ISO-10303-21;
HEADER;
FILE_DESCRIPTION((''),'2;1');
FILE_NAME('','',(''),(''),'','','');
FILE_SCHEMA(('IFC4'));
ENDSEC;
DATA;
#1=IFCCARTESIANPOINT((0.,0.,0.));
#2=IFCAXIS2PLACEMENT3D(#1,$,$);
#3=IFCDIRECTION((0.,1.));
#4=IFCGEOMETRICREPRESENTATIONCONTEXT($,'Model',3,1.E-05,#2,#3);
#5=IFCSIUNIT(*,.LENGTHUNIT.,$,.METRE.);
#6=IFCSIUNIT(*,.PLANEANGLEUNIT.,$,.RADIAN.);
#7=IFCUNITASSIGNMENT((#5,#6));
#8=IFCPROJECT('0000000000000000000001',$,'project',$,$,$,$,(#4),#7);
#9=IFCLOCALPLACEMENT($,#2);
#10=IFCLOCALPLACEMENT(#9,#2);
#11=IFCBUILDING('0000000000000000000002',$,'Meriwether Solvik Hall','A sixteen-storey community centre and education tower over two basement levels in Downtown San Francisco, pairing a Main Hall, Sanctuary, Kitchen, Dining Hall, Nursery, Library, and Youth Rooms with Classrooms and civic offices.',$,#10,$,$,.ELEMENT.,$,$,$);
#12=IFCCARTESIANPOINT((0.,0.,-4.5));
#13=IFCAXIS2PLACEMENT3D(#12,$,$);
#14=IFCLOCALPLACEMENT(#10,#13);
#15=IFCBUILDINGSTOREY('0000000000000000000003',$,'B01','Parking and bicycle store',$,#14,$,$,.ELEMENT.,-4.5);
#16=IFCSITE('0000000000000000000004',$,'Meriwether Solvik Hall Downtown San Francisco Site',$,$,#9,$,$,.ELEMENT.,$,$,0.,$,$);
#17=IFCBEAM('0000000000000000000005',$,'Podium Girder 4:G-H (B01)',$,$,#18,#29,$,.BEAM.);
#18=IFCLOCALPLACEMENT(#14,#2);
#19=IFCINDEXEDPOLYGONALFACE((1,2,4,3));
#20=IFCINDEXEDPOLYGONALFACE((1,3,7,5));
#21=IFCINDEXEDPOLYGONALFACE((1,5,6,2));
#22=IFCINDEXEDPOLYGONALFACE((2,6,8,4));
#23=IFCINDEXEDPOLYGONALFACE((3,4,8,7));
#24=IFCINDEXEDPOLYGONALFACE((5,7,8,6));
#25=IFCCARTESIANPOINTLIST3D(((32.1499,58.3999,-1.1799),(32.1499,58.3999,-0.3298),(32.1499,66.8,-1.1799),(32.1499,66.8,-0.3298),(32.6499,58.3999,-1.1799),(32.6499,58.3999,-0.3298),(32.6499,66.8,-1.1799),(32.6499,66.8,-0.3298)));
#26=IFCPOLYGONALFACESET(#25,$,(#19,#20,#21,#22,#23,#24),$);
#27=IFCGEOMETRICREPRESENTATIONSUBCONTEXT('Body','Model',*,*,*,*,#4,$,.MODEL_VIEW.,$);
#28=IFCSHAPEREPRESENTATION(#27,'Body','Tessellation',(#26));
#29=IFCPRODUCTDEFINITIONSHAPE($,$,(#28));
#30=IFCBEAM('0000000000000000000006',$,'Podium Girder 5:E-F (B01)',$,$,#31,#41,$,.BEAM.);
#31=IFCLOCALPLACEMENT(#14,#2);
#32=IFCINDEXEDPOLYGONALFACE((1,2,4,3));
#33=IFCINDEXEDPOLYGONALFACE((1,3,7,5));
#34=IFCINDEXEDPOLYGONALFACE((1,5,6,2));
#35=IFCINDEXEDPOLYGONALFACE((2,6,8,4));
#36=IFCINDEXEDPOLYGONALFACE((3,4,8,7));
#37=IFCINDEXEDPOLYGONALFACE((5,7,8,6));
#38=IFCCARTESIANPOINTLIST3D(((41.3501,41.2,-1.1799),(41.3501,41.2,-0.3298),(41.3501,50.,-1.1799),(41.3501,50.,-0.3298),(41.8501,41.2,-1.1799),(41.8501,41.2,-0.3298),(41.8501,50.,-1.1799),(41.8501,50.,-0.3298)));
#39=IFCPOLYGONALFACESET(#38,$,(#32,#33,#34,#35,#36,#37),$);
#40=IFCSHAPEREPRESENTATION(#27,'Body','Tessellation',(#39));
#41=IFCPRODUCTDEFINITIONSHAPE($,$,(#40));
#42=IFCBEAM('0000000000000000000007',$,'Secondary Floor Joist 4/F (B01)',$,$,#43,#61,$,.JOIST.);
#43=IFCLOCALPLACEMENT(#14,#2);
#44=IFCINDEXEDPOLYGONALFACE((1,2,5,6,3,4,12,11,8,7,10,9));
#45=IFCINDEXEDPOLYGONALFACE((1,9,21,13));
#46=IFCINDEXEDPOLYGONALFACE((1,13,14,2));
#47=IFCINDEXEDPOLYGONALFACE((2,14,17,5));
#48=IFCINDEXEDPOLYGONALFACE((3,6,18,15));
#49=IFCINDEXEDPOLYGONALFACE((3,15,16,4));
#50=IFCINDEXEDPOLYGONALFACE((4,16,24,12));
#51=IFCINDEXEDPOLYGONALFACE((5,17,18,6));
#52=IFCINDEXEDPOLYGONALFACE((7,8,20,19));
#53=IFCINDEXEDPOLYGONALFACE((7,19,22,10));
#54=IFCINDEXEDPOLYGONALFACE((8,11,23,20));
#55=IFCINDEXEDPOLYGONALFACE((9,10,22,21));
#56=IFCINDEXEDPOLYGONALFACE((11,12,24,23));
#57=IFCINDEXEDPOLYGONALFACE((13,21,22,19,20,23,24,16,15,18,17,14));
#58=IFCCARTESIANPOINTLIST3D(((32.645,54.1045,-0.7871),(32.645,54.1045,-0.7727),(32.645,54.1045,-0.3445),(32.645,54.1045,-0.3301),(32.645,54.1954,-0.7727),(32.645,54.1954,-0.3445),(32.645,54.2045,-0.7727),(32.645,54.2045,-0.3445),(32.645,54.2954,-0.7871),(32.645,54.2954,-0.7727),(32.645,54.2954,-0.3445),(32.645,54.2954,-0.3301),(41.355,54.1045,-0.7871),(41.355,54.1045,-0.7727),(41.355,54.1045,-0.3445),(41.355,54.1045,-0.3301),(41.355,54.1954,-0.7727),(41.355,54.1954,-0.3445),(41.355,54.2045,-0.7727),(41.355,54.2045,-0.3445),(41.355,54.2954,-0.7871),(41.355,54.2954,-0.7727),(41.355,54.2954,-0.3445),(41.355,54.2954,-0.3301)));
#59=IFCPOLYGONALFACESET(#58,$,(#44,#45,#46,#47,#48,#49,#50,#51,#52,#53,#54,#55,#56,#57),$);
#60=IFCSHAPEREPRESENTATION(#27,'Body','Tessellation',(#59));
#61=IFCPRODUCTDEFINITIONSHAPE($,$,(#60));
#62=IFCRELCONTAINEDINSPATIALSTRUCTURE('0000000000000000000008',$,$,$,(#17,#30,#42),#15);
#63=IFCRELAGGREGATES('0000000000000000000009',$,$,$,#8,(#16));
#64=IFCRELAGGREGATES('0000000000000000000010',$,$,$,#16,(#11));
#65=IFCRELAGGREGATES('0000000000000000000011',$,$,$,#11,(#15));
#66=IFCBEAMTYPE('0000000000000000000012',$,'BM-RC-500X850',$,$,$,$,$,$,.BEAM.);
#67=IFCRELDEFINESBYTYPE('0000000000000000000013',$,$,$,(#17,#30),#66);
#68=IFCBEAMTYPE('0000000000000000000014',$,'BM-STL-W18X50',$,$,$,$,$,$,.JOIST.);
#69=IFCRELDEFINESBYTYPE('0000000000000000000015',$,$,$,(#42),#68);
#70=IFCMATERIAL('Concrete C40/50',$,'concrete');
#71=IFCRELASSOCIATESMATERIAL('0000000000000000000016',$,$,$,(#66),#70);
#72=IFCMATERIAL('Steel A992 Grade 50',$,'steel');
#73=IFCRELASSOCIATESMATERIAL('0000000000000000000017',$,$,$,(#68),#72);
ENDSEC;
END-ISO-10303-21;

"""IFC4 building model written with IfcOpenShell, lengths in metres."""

from ifc_helpers import new_model, si_unit, direction, frame, origin, origin_2d, place, context, subcontext, project, spatial, rectangle, i_section, extrude, material, material_profile, profile_set, type_object, element, save


model = new_model("IFC4")

# Units and contexts
model_context = context("Model", 3, precision=1e-05, world=origin(), true_north=direction((0.0, 1.0)))
body_context = subcontext(model_context, "Body", "Model", "MODEL_VIEW")
ifc_project = project(units=[si_unit("LENGTHUNIT", "METRE"), si_unit("PLANEANGLEUNIT", "RADIAN")], contexts=[model_context])

# Site, building, storey
site_placement = place(None, origin())
site = spatial("IfcSite", under=ifc_project, at=site_placement, Name="Meriwether Solvik Hall Downtown San Francisco Site", CompositionType="ELEMENT", RefElevation=0.0)
building_placement = place(site_placement, origin())
building = spatial("IfcBuilding", under=site, at=building_placement, Name="Meriwether Solvik Hall", Description="A sixteen-storey community centre and education tower over two basement levels in Downtown San Francisco, pairing a Main Hall, Sanctuary, Kitchen, Dining Hall, Nursery, Library, and Youth Rooms with Classrooms and civic offices.", CompositionType="ELEMENT")
storey_placement = place(building_placement, frame((0.0, 0.0, -4.5)))
storey = spatial("IfcBuildingStorey", under=building, at=storey_placement, Name="B01", Description="Parking and bicycle store", CompositionType="ELEMENT", Elevation=-4.5)

# Beams
ifc_material_1 = material(Name="Concrete C40/50", Category="concrete")
ifc_material_profile_1 = material_profile(ifc_material_1, rectangle(XDim=0.5, YDim=0.8501, at=origin_2d()), Name="RCB-500X850")
ifc_profile_set_1 = profile_set([ifc_material_profile_1], Name="Concrete C40/50")
beam_type_1 = type_object("IfcBeamType", Name="BM-RC-500X850", PredefinedType="BEAM", material=ifc_profile_set_1)
beam_1_placement = place(storey_placement, frame((32.3999, 58.3999, -0.7549), z_axis=(0.0, 1.0, 0.0), x_axis=(-1.0, 0.0, 0.0)))
element("IfcBeam", 1, at=beam_1_placement, inside=storey, type_object=beam_type_1, Name="Podium Girder 4:G-H (B01)", PredefinedType="BEAM", context=body_context, shape_type="SweptSolid", body=[
    extrude(rectangle(XDim=0.5, YDim=0.8501, at=origin_2d()), origin(), (0.0, 0.0, 1.0), 8.4001),
])
beam_2_placement = place(storey_placement, frame((41.6001, 41.2, -0.7549), z_axis=(0.0, 1.0, 0.0), x_axis=(-1.0, 0.0, 0.0)))
element("IfcBeam", 2, at=beam_2_placement, inside=storey, type_object=beam_type_1, Name="Podium Girder 5:E-F (B01)", PredefinedType="BEAM", context=body_context, shape_type="SweptSolid", body=[
    extrude(rectangle(XDim=0.5, YDim=0.8501, at=origin_2d()), origin(), (0.0, 0.0, 1.0), 8.8),
])
ifc_material_2 = material(Name="Steel A992 Grade 50", Category="steel")
ifc_material_profile_2 = material_profile(ifc_material_2, i_section(OverallWidth=0.1909, OverallDepth=0.457, WebThickness=0.009, FlangeThickness=0.0144, at=origin_2d()), Name="W18X50")
ifc_profile_set_2 = profile_set([ifc_material_profile_2], Name="Steel A992 Grade 50")
beam_type_2 = type_object("IfcBeamType", Name="BM-STL-W18X50", PredefinedType="JOIST", material=ifc_profile_set_2)
beam_3_placement = place(storey_placement, frame((32.645, 54.2, -0.5586), z_axis=(1.0, 0.0, 0.0), x_axis=(0.0, 1.0, 0.0)))
element("IfcBeam", 3, at=beam_3_placement, inside=storey, type_object=beam_type_2, Name="Secondary Floor Joist 4/F (B01)", PredefinedType="JOIST", context=body_context, shape_type="SweptSolid", body=[
    extrude(i_section(OverallWidth=0.1909, OverallDepth=0.457, WebThickness=0.009, FlangeThickness=0.0144, at=origin_2d()), origin(), (0.0, 0.0, 1.0), 8.71),
])

save(model, "model.ifc")
